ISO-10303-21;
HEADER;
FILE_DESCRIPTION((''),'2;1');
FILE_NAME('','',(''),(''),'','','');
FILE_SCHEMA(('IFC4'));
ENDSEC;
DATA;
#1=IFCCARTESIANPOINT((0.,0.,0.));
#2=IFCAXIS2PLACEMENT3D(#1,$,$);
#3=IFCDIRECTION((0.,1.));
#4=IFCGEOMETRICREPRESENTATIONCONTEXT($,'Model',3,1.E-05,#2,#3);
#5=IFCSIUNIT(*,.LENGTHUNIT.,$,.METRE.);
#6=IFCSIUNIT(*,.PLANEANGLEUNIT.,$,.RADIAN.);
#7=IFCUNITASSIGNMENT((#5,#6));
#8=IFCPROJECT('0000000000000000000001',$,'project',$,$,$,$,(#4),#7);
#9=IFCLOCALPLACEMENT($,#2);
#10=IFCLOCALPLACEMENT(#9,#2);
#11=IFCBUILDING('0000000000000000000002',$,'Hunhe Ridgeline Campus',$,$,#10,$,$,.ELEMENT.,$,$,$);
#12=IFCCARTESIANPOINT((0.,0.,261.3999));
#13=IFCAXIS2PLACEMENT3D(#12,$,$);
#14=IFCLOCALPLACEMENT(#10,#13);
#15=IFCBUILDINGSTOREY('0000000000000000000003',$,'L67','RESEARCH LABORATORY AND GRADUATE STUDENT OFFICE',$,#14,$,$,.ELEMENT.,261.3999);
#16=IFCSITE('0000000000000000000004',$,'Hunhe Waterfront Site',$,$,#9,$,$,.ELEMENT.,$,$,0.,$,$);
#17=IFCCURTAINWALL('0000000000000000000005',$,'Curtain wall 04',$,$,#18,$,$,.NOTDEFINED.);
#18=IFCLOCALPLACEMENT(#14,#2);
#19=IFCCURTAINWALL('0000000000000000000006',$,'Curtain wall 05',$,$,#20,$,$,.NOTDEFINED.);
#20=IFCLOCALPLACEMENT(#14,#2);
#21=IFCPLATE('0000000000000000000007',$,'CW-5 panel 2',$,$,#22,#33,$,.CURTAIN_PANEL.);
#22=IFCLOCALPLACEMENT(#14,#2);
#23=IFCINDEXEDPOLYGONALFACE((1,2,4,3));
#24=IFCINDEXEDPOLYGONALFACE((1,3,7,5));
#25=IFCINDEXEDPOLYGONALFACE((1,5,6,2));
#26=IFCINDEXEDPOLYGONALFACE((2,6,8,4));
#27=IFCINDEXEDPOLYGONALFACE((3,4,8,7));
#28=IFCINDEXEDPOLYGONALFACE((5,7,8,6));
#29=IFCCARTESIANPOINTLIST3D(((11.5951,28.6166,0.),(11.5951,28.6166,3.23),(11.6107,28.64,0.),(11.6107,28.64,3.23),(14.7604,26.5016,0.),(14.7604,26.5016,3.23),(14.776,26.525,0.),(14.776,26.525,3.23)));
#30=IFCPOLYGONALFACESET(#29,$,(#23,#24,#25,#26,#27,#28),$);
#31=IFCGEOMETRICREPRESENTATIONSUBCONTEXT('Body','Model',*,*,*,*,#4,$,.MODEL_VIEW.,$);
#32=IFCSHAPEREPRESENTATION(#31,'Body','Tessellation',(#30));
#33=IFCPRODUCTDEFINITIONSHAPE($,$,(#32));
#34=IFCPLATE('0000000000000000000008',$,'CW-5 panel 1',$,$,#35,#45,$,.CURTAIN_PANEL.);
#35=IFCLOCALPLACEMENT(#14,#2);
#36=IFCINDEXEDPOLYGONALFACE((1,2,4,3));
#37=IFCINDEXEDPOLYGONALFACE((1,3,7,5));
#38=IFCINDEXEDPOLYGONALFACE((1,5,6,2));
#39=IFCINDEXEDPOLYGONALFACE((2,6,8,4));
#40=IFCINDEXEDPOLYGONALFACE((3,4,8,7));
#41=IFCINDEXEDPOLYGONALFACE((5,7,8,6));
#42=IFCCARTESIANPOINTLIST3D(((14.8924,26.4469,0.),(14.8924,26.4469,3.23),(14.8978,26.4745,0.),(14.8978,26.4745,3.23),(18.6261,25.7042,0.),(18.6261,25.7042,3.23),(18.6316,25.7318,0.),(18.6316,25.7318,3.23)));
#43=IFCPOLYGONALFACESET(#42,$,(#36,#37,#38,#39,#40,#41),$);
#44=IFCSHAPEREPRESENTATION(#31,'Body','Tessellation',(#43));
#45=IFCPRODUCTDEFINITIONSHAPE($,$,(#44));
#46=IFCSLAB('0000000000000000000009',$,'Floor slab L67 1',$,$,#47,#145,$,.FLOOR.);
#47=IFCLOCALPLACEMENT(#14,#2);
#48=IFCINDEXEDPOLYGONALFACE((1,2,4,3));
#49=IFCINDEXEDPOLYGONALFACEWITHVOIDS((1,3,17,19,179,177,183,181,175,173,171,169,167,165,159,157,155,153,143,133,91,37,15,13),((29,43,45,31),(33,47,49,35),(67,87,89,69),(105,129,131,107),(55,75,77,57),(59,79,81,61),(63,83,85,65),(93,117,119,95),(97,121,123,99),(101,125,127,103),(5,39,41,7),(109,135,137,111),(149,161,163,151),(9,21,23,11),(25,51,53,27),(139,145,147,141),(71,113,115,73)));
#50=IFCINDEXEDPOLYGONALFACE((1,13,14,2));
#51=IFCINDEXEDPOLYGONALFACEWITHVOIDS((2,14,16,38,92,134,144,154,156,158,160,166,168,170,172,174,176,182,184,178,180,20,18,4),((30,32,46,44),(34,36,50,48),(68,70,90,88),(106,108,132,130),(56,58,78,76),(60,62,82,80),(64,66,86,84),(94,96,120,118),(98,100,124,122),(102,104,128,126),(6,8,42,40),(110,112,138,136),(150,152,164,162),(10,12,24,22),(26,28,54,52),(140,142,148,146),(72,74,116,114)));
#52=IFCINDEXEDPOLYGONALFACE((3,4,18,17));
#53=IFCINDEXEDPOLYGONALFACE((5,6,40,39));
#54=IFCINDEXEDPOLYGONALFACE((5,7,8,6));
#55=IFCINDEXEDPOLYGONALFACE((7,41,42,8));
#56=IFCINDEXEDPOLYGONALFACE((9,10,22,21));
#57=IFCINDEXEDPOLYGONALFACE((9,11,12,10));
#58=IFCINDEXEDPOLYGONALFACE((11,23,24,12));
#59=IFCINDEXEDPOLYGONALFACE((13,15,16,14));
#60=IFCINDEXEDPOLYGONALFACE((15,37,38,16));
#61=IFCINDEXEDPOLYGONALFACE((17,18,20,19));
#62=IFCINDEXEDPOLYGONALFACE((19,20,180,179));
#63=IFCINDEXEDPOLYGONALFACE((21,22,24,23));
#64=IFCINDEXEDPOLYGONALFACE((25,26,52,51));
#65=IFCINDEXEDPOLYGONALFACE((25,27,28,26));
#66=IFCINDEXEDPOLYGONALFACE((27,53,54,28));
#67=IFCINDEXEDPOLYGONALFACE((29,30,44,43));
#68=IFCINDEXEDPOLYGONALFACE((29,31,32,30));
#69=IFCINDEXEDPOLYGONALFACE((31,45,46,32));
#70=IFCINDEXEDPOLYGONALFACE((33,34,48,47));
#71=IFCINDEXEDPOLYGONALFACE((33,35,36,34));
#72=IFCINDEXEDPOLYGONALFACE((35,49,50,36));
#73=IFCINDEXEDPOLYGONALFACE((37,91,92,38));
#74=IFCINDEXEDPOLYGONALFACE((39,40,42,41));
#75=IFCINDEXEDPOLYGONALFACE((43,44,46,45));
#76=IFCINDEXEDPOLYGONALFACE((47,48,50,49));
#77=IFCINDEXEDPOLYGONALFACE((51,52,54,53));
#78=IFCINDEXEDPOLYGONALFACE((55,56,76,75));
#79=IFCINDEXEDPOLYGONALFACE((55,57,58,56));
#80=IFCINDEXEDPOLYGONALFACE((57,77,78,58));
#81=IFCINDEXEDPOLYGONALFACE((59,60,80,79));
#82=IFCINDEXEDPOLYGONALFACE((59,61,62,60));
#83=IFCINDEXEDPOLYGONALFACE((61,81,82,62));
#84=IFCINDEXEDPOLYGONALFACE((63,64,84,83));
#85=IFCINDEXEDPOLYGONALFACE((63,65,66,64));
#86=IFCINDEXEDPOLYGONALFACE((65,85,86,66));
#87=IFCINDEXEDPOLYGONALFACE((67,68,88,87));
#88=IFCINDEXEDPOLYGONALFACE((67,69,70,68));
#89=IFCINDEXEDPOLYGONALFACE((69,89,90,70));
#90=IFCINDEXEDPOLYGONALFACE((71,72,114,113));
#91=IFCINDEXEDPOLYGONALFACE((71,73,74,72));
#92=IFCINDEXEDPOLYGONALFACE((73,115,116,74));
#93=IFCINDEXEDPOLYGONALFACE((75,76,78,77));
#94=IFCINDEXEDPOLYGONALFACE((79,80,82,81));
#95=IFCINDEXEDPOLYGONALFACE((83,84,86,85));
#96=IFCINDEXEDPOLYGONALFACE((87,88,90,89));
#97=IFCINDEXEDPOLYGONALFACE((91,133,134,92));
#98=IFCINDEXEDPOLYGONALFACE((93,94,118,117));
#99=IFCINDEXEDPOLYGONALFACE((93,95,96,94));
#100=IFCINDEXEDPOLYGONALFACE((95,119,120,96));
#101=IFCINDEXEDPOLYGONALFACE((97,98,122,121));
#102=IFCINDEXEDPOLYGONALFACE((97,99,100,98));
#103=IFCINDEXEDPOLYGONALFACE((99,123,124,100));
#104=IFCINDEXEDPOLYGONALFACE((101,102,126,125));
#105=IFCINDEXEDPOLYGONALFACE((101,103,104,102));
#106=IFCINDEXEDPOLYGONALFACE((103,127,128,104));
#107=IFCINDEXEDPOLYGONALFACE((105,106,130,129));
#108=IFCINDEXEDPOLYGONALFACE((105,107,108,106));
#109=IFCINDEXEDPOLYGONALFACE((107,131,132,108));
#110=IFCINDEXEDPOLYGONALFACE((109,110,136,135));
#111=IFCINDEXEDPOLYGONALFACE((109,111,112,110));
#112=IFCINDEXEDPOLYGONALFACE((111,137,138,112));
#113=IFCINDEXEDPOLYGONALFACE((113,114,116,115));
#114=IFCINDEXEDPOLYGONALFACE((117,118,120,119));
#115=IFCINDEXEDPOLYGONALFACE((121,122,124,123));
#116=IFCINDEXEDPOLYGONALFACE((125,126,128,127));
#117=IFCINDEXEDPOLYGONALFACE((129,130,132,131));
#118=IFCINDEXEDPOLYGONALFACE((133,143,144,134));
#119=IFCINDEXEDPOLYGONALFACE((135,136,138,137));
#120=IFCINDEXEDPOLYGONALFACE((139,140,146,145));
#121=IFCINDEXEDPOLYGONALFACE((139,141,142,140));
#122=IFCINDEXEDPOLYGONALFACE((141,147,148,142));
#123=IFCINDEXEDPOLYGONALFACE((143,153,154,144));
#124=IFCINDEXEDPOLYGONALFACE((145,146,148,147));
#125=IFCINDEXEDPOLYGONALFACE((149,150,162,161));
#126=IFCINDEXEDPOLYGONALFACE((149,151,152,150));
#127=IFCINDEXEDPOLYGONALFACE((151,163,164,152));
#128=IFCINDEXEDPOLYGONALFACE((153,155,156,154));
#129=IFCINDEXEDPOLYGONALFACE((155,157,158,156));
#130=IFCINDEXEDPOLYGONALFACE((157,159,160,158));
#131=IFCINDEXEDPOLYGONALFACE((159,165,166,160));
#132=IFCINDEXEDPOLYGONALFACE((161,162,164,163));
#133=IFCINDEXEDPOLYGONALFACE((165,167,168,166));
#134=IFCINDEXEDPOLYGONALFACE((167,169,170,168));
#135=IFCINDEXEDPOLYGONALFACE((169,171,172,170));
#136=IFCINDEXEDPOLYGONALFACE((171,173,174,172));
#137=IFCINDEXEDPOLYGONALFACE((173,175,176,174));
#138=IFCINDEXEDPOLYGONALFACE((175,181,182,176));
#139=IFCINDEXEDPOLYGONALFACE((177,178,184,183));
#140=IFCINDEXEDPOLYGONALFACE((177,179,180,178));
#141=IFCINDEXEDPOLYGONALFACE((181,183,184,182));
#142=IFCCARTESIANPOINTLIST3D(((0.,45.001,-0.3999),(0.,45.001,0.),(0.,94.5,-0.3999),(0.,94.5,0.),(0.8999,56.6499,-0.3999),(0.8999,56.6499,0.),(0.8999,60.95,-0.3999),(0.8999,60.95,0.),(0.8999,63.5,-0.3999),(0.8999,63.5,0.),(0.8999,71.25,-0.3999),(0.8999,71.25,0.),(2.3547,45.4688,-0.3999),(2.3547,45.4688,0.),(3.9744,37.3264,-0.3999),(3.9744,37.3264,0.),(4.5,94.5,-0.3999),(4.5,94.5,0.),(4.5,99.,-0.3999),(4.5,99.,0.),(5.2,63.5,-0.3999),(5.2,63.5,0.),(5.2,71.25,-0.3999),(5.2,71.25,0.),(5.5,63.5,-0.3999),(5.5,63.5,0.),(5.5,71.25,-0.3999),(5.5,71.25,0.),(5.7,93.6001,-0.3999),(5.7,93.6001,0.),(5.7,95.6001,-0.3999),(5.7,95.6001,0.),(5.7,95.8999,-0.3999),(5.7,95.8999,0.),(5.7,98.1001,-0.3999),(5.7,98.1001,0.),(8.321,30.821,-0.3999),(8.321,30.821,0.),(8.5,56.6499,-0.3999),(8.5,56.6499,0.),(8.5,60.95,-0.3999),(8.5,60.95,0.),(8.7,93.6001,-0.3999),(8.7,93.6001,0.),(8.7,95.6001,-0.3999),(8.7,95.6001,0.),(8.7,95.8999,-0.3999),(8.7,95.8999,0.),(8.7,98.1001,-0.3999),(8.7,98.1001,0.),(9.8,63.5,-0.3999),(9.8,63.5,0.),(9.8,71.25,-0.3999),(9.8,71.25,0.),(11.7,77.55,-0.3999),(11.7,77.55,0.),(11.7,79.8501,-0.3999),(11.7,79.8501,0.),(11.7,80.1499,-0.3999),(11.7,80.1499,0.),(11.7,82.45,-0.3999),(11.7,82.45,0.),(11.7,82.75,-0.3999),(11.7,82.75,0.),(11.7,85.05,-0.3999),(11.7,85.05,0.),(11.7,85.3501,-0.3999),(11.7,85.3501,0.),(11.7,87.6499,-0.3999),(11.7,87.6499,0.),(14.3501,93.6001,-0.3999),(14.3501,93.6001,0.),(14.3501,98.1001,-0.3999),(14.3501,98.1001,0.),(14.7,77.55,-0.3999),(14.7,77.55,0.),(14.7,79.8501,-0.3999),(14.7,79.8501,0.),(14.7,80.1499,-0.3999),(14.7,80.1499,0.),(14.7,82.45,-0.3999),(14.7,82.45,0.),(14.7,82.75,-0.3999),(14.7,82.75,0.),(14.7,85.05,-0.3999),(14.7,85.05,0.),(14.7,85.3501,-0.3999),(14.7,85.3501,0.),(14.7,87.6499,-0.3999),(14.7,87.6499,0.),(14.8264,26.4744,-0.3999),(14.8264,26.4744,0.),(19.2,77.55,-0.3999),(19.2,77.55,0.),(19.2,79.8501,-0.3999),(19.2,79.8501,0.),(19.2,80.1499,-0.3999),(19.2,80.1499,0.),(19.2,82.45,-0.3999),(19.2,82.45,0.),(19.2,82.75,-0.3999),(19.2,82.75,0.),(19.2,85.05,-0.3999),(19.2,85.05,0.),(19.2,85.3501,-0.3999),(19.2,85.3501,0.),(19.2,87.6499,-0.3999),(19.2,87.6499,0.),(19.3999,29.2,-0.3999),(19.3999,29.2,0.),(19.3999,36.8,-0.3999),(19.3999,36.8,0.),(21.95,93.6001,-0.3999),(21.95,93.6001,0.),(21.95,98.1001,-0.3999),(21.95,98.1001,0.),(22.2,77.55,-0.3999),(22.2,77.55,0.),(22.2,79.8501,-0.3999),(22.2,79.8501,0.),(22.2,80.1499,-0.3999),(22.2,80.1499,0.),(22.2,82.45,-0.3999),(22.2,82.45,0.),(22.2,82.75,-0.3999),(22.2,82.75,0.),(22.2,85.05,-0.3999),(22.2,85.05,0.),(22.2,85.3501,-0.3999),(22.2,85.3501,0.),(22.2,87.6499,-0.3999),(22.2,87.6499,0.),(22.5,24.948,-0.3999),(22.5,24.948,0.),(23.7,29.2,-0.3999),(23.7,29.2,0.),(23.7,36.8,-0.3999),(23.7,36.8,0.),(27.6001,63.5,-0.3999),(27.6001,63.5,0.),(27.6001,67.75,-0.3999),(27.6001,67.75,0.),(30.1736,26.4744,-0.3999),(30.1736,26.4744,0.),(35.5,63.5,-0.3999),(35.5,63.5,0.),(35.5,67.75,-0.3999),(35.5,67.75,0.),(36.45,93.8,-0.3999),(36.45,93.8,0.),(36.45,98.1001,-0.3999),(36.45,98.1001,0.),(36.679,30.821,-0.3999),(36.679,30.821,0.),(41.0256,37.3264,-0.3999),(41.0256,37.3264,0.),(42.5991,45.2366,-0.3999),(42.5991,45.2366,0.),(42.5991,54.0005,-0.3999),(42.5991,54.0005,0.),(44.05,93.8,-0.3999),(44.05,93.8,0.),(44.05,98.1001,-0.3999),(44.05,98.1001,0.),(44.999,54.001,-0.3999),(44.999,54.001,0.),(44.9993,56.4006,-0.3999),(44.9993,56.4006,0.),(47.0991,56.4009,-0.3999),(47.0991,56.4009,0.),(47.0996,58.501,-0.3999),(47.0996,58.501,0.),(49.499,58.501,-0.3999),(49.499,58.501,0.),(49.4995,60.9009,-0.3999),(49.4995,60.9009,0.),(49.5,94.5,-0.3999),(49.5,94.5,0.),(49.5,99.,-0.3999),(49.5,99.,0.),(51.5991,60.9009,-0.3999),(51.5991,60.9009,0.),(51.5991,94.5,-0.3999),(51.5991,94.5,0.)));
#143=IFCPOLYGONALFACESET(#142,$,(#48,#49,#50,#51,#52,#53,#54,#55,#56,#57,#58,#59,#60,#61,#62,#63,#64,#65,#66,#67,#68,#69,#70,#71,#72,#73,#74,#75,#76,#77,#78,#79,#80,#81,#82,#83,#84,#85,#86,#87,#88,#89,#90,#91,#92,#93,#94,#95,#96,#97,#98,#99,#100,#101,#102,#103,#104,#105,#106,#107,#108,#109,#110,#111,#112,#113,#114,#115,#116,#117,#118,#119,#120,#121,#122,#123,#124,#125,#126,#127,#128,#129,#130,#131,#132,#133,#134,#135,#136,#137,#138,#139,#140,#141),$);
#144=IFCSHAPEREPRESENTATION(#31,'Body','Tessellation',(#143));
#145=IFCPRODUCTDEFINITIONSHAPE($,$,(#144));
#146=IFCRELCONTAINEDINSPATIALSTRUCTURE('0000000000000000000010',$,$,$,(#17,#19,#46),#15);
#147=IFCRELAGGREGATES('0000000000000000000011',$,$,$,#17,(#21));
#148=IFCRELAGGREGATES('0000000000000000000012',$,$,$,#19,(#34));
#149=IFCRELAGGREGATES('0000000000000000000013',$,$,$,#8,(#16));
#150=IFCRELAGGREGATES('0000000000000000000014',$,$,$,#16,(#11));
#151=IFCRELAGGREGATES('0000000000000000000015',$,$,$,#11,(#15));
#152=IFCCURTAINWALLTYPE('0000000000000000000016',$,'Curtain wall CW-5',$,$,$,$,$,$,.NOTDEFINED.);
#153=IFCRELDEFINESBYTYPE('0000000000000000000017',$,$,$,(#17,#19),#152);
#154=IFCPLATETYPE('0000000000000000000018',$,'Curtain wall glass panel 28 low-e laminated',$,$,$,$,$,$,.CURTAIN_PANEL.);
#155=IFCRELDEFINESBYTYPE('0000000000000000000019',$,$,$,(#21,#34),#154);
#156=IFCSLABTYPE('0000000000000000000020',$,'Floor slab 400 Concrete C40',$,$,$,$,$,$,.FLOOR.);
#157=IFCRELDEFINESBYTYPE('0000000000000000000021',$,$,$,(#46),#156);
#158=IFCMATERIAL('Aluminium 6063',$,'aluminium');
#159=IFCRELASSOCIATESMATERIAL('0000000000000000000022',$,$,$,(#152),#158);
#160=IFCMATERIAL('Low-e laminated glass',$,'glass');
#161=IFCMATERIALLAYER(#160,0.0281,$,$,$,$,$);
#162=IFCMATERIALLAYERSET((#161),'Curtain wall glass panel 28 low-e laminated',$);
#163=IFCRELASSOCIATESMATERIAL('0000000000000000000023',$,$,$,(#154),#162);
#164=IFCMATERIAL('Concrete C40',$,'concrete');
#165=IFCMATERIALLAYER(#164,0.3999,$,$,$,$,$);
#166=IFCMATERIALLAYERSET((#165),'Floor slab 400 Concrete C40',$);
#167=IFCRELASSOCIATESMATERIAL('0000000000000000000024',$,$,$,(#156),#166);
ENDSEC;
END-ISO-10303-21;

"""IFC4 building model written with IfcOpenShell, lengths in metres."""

from ifc_helpers import new_model, si_unit, direction, frame, origin, origin_2d, place, context, subcontext, project, spatial, polyline, rectangle, outline, extrude, material, layer, layer_set, type_object, element, aggregate, save


model = new_model("IFC4")

# Units and contexts
model_context = context("Model", 3, precision=1e-05, world=origin(), true_north=direction((0.0, 1.0)))
body_context = subcontext(model_context, "Body", "Model", "MODEL_VIEW")
ifc_project = project(units=[si_unit("LENGTHUNIT", "METRE"), si_unit("PLANEANGLEUNIT", "RADIAN")], contexts=[model_context])

# Site, building, storey
site_placement = place(None, origin())
site = spatial("IfcSite", under=ifc_project, at=site_placement, Name="Hunhe Waterfront Site", CompositionType="ELEMENT", RefElevation=0.0)
building_placement = place(site_placement, origin())
building = spatial("IfcBuilding", under=site, at=building_placement, Name="Hunhe Ridgeline Campus", CompositionType="ELEMENT")
storey_placement = place(building_placement, frame((0.0, 0.0, 261.3999)))
storey = spatial("IfcBuildingStorey", under=building, at=storey_placement, Name="L67", Description="RESEARCH LABORATORY AND GRADUATE STUDENT OFFICE", CompositionType="ELEMENT", Elevation=261.3999)

# Shared definitions
ifc_material_1 = material(Name="Aluminium 6063", Category="aluminium")
curtain_wall_type = type_object("IfcCurtainWallType", Name="Curtain wall CW-5", PredefinedType="NOTDEFINED", material=ifc_material_1)

# Curtain walls
curtain_wall_1_placement = place(storey_placement, origin())
curtain_wall_1 = element("IfcCurtainWall", 1, at=curtain_wall_1_placement, inside=storey, type_object=curtain_wall_type, Name="Curtain wall 04", PredefinedType="NOTDEFINED")
curtain_wall_2_placement = place(storey_placement, origin())
curtain_wall_2 = element("IfcCurtainWall", 2, at=curtain_wall_2_placement, inside=storey, type_object=curtain_wall_type, Name="Curtain wall 05", PredefinedType="NOTDEFINED")

# Plates
ifc_material_2 = material(Name="Low-e laminated glass", Category="glass")
ifc_layer_1 = layer(ifc_material_2, 0.0281)
ifc_layer_set_1 = layer_set([ifc_layer_1], Name="Curtain wall glass panel 28 low-e laminated")
plate_type = type_object("IfcPlateType", Name="Curtain wall glass panel 28 low-e laminated", PredefinedType="CURTAIN_PANEL", material=ifc_layer_set_1)
plate_1_placement = place(storey_placement, frame((13.1855, 27.5708, 0.0), z_axis=(0.0, 0.0, 1.0), x_axis=(0.83147, -0.55557, 0.0)))
plate_1 = element("IfcPlate", 3, at=plate_1_placement, type_object=plate_type, Name="CW-5 panel 2", PredefinedType="CURTAIN_PANEL", context=body_context, shape_type="SweptSolid", body=[
    extrude(rectangle(XDim=3.8069, YDim=0.0281, at=origin_2d()), origin(), (0.0, 0.0, 1.0), 3.23),
])
aggregate(curtain_wall_1, [plate_1])
plate_2_placement = place(storey_placement, frame((16.762, 26.0894, 0.0), z_axis=(0.0, 0.0, 1.0), x_axis=(0.980785, -0.19509, 0.0)))
plate_2 = element("IfcPlate", 4, at=plate_2_placement, type_object=plate_type, Name="CW-5 panel 1", PredefinedType="CURTAIN_PANEL", context=body_context, shape_type="SweptSolid", body=[
    extrude(rectangle(XDim=3.8069, YDim=0.0281, at=origin_2d()), origin(), (0.0, 0.0, 1.0), 3.23),
])
aggregate(curtain_wall_2, [plate_2])

# Slab
ifc_material_3 = material(Name="Concrete C40", Category="concrete")
ifc_layer_2 = layer(ifc_material_3, 0.3999)
ifc_layer_set_2 = layer_set([ifc_layer_2], Name="Floor slab 400 Concrete C40")
slab_type_1 = type_object("IfcSlabType", Name="Floor slab 400 Concrete C40", PredefinedType="FLOOR", material=ifc_layer_set_2)
slab_1_placement = place(storey_placement, frame((0.0, 0.0, -0.3999)))
element("IfcSlab", 5, at=slab_1_placement, inside=storey, type_object=slab_type_1, Name="Floor slab L67 1", PredefinedType="FLOOR", context=body_context, shape_type="SweptSolid", body=[
    extrude(outline(polyline([(36.679, 30.821), (41.0256, 37.3264), (42.5991, 45.2366), (42.5991, 54.0005), (44.999, 54.001), (44.9993, 56.4006), (47.0991, 56.4009), (47.0996, 58.501), (49.499, 58.501), (49.4995, 60.9009), (51.5991, 60.9009), (51.5991, 94.5), (49.5, 94.5), (49.5, 99.0), (4.5, 99.0), (4.5, 94.5), (0.0, 94.5), (0.0, 45.001), (2.3547, 45.4688), (3.9744, 37.3264), (8.321, 30.821), (14.8264, 26.4744), (22.5, 24.948), (30.1736, 26.4744), (36.679, 30.821)]), holes=[polyline([(36.45, 98.1001), (36.45, 93.8), (44.05, 93.8), (44.05, 98.1001), (36.45, 98.1001)]), polyline([(27.6001, 63.5), (35.5, 63.5), (35.5, 67.75), (27.6001, 67.75), (27.6001, 63.5)]), polyline([(19.3999, 36.8), (19.3999, 29.2), (23.7, 29.2), (23.7, 36.8), (19.3999, 36.8)]), polyline([(22.2, 87.6499), (19.2, 87.6499), (19.2, 85.3501), (22.2, 85.3501), (22.2, 87.6499)]), polyline([(22.2, 77.55), (22.2, 79.8501), (19.2, 79.8501), (19.2, 77.55), (22.2, 77.55)]), polyline([(19.2, 85.05), (19.2, 82.75), (22.2, 82.75), (22.2, 85.05), (19.2, 85.05)]), polyline([(19.2, 80.1499), (22.2, 80.1499), (22.2, 82.45), (19.2, 82.45), (19.2, 80.1499)]), polyline([(14.3501, 98.1001), (14.3501, 93.6001), (21.95, 93.6001), (21.95, 98.1001), (14.3501, 98.1001)]), polyline([(14.7, 87.6499), (11.7, 87.6499), (11.7, 85.3501), (14.7, 85.3501), (14.7, 87.6499)]), polyline([(14.7, 77.55), (14.7, 79.8501), (11.7, 79.8501), (11.7, 77.55), (14.7, 77.55)]), polyline([(11.7, 85.05), (11.7, 82.75), (14.7, 82.75), (14.7, 85.05), (11.7, 85.05)]), polyline([(11.7, 80.1499), (14.7, 80.1499), (14.7, 82.45), (11.7, 82.45), (11.7, 80.1499)]), polyline([(9.8, 63.5), (9.8, 71.25), (5.5, 71.25), (5.5, 63.5), (9.8, 63.5)]), polyline([(8.7, 93.6001), (8.7, 95.6001), (5.7, 95.6001), (5.7, 93.6001), (8.7, 93.6001)]), polyline([(5.7, 95.8999), (8.7, 95.8999), (8.7, 98.1001), (5.7, 98.1001), (5.7, 95.8999)]), polyline([(0.8999, 60.95), (0.8999, 56.6499), (8.5, 56.6499), (8.5, 60.95), (0.8999, 60.95)]), polyline([(5.2, 71.25), (0.8999, 71.25), (0.8999, 63.5), (5.2, 63.5), (5.2, 71.25)])]), origin(), (0.0, 0.0, 1.0), 0.3999),
])

save(model, "model.ifc")
